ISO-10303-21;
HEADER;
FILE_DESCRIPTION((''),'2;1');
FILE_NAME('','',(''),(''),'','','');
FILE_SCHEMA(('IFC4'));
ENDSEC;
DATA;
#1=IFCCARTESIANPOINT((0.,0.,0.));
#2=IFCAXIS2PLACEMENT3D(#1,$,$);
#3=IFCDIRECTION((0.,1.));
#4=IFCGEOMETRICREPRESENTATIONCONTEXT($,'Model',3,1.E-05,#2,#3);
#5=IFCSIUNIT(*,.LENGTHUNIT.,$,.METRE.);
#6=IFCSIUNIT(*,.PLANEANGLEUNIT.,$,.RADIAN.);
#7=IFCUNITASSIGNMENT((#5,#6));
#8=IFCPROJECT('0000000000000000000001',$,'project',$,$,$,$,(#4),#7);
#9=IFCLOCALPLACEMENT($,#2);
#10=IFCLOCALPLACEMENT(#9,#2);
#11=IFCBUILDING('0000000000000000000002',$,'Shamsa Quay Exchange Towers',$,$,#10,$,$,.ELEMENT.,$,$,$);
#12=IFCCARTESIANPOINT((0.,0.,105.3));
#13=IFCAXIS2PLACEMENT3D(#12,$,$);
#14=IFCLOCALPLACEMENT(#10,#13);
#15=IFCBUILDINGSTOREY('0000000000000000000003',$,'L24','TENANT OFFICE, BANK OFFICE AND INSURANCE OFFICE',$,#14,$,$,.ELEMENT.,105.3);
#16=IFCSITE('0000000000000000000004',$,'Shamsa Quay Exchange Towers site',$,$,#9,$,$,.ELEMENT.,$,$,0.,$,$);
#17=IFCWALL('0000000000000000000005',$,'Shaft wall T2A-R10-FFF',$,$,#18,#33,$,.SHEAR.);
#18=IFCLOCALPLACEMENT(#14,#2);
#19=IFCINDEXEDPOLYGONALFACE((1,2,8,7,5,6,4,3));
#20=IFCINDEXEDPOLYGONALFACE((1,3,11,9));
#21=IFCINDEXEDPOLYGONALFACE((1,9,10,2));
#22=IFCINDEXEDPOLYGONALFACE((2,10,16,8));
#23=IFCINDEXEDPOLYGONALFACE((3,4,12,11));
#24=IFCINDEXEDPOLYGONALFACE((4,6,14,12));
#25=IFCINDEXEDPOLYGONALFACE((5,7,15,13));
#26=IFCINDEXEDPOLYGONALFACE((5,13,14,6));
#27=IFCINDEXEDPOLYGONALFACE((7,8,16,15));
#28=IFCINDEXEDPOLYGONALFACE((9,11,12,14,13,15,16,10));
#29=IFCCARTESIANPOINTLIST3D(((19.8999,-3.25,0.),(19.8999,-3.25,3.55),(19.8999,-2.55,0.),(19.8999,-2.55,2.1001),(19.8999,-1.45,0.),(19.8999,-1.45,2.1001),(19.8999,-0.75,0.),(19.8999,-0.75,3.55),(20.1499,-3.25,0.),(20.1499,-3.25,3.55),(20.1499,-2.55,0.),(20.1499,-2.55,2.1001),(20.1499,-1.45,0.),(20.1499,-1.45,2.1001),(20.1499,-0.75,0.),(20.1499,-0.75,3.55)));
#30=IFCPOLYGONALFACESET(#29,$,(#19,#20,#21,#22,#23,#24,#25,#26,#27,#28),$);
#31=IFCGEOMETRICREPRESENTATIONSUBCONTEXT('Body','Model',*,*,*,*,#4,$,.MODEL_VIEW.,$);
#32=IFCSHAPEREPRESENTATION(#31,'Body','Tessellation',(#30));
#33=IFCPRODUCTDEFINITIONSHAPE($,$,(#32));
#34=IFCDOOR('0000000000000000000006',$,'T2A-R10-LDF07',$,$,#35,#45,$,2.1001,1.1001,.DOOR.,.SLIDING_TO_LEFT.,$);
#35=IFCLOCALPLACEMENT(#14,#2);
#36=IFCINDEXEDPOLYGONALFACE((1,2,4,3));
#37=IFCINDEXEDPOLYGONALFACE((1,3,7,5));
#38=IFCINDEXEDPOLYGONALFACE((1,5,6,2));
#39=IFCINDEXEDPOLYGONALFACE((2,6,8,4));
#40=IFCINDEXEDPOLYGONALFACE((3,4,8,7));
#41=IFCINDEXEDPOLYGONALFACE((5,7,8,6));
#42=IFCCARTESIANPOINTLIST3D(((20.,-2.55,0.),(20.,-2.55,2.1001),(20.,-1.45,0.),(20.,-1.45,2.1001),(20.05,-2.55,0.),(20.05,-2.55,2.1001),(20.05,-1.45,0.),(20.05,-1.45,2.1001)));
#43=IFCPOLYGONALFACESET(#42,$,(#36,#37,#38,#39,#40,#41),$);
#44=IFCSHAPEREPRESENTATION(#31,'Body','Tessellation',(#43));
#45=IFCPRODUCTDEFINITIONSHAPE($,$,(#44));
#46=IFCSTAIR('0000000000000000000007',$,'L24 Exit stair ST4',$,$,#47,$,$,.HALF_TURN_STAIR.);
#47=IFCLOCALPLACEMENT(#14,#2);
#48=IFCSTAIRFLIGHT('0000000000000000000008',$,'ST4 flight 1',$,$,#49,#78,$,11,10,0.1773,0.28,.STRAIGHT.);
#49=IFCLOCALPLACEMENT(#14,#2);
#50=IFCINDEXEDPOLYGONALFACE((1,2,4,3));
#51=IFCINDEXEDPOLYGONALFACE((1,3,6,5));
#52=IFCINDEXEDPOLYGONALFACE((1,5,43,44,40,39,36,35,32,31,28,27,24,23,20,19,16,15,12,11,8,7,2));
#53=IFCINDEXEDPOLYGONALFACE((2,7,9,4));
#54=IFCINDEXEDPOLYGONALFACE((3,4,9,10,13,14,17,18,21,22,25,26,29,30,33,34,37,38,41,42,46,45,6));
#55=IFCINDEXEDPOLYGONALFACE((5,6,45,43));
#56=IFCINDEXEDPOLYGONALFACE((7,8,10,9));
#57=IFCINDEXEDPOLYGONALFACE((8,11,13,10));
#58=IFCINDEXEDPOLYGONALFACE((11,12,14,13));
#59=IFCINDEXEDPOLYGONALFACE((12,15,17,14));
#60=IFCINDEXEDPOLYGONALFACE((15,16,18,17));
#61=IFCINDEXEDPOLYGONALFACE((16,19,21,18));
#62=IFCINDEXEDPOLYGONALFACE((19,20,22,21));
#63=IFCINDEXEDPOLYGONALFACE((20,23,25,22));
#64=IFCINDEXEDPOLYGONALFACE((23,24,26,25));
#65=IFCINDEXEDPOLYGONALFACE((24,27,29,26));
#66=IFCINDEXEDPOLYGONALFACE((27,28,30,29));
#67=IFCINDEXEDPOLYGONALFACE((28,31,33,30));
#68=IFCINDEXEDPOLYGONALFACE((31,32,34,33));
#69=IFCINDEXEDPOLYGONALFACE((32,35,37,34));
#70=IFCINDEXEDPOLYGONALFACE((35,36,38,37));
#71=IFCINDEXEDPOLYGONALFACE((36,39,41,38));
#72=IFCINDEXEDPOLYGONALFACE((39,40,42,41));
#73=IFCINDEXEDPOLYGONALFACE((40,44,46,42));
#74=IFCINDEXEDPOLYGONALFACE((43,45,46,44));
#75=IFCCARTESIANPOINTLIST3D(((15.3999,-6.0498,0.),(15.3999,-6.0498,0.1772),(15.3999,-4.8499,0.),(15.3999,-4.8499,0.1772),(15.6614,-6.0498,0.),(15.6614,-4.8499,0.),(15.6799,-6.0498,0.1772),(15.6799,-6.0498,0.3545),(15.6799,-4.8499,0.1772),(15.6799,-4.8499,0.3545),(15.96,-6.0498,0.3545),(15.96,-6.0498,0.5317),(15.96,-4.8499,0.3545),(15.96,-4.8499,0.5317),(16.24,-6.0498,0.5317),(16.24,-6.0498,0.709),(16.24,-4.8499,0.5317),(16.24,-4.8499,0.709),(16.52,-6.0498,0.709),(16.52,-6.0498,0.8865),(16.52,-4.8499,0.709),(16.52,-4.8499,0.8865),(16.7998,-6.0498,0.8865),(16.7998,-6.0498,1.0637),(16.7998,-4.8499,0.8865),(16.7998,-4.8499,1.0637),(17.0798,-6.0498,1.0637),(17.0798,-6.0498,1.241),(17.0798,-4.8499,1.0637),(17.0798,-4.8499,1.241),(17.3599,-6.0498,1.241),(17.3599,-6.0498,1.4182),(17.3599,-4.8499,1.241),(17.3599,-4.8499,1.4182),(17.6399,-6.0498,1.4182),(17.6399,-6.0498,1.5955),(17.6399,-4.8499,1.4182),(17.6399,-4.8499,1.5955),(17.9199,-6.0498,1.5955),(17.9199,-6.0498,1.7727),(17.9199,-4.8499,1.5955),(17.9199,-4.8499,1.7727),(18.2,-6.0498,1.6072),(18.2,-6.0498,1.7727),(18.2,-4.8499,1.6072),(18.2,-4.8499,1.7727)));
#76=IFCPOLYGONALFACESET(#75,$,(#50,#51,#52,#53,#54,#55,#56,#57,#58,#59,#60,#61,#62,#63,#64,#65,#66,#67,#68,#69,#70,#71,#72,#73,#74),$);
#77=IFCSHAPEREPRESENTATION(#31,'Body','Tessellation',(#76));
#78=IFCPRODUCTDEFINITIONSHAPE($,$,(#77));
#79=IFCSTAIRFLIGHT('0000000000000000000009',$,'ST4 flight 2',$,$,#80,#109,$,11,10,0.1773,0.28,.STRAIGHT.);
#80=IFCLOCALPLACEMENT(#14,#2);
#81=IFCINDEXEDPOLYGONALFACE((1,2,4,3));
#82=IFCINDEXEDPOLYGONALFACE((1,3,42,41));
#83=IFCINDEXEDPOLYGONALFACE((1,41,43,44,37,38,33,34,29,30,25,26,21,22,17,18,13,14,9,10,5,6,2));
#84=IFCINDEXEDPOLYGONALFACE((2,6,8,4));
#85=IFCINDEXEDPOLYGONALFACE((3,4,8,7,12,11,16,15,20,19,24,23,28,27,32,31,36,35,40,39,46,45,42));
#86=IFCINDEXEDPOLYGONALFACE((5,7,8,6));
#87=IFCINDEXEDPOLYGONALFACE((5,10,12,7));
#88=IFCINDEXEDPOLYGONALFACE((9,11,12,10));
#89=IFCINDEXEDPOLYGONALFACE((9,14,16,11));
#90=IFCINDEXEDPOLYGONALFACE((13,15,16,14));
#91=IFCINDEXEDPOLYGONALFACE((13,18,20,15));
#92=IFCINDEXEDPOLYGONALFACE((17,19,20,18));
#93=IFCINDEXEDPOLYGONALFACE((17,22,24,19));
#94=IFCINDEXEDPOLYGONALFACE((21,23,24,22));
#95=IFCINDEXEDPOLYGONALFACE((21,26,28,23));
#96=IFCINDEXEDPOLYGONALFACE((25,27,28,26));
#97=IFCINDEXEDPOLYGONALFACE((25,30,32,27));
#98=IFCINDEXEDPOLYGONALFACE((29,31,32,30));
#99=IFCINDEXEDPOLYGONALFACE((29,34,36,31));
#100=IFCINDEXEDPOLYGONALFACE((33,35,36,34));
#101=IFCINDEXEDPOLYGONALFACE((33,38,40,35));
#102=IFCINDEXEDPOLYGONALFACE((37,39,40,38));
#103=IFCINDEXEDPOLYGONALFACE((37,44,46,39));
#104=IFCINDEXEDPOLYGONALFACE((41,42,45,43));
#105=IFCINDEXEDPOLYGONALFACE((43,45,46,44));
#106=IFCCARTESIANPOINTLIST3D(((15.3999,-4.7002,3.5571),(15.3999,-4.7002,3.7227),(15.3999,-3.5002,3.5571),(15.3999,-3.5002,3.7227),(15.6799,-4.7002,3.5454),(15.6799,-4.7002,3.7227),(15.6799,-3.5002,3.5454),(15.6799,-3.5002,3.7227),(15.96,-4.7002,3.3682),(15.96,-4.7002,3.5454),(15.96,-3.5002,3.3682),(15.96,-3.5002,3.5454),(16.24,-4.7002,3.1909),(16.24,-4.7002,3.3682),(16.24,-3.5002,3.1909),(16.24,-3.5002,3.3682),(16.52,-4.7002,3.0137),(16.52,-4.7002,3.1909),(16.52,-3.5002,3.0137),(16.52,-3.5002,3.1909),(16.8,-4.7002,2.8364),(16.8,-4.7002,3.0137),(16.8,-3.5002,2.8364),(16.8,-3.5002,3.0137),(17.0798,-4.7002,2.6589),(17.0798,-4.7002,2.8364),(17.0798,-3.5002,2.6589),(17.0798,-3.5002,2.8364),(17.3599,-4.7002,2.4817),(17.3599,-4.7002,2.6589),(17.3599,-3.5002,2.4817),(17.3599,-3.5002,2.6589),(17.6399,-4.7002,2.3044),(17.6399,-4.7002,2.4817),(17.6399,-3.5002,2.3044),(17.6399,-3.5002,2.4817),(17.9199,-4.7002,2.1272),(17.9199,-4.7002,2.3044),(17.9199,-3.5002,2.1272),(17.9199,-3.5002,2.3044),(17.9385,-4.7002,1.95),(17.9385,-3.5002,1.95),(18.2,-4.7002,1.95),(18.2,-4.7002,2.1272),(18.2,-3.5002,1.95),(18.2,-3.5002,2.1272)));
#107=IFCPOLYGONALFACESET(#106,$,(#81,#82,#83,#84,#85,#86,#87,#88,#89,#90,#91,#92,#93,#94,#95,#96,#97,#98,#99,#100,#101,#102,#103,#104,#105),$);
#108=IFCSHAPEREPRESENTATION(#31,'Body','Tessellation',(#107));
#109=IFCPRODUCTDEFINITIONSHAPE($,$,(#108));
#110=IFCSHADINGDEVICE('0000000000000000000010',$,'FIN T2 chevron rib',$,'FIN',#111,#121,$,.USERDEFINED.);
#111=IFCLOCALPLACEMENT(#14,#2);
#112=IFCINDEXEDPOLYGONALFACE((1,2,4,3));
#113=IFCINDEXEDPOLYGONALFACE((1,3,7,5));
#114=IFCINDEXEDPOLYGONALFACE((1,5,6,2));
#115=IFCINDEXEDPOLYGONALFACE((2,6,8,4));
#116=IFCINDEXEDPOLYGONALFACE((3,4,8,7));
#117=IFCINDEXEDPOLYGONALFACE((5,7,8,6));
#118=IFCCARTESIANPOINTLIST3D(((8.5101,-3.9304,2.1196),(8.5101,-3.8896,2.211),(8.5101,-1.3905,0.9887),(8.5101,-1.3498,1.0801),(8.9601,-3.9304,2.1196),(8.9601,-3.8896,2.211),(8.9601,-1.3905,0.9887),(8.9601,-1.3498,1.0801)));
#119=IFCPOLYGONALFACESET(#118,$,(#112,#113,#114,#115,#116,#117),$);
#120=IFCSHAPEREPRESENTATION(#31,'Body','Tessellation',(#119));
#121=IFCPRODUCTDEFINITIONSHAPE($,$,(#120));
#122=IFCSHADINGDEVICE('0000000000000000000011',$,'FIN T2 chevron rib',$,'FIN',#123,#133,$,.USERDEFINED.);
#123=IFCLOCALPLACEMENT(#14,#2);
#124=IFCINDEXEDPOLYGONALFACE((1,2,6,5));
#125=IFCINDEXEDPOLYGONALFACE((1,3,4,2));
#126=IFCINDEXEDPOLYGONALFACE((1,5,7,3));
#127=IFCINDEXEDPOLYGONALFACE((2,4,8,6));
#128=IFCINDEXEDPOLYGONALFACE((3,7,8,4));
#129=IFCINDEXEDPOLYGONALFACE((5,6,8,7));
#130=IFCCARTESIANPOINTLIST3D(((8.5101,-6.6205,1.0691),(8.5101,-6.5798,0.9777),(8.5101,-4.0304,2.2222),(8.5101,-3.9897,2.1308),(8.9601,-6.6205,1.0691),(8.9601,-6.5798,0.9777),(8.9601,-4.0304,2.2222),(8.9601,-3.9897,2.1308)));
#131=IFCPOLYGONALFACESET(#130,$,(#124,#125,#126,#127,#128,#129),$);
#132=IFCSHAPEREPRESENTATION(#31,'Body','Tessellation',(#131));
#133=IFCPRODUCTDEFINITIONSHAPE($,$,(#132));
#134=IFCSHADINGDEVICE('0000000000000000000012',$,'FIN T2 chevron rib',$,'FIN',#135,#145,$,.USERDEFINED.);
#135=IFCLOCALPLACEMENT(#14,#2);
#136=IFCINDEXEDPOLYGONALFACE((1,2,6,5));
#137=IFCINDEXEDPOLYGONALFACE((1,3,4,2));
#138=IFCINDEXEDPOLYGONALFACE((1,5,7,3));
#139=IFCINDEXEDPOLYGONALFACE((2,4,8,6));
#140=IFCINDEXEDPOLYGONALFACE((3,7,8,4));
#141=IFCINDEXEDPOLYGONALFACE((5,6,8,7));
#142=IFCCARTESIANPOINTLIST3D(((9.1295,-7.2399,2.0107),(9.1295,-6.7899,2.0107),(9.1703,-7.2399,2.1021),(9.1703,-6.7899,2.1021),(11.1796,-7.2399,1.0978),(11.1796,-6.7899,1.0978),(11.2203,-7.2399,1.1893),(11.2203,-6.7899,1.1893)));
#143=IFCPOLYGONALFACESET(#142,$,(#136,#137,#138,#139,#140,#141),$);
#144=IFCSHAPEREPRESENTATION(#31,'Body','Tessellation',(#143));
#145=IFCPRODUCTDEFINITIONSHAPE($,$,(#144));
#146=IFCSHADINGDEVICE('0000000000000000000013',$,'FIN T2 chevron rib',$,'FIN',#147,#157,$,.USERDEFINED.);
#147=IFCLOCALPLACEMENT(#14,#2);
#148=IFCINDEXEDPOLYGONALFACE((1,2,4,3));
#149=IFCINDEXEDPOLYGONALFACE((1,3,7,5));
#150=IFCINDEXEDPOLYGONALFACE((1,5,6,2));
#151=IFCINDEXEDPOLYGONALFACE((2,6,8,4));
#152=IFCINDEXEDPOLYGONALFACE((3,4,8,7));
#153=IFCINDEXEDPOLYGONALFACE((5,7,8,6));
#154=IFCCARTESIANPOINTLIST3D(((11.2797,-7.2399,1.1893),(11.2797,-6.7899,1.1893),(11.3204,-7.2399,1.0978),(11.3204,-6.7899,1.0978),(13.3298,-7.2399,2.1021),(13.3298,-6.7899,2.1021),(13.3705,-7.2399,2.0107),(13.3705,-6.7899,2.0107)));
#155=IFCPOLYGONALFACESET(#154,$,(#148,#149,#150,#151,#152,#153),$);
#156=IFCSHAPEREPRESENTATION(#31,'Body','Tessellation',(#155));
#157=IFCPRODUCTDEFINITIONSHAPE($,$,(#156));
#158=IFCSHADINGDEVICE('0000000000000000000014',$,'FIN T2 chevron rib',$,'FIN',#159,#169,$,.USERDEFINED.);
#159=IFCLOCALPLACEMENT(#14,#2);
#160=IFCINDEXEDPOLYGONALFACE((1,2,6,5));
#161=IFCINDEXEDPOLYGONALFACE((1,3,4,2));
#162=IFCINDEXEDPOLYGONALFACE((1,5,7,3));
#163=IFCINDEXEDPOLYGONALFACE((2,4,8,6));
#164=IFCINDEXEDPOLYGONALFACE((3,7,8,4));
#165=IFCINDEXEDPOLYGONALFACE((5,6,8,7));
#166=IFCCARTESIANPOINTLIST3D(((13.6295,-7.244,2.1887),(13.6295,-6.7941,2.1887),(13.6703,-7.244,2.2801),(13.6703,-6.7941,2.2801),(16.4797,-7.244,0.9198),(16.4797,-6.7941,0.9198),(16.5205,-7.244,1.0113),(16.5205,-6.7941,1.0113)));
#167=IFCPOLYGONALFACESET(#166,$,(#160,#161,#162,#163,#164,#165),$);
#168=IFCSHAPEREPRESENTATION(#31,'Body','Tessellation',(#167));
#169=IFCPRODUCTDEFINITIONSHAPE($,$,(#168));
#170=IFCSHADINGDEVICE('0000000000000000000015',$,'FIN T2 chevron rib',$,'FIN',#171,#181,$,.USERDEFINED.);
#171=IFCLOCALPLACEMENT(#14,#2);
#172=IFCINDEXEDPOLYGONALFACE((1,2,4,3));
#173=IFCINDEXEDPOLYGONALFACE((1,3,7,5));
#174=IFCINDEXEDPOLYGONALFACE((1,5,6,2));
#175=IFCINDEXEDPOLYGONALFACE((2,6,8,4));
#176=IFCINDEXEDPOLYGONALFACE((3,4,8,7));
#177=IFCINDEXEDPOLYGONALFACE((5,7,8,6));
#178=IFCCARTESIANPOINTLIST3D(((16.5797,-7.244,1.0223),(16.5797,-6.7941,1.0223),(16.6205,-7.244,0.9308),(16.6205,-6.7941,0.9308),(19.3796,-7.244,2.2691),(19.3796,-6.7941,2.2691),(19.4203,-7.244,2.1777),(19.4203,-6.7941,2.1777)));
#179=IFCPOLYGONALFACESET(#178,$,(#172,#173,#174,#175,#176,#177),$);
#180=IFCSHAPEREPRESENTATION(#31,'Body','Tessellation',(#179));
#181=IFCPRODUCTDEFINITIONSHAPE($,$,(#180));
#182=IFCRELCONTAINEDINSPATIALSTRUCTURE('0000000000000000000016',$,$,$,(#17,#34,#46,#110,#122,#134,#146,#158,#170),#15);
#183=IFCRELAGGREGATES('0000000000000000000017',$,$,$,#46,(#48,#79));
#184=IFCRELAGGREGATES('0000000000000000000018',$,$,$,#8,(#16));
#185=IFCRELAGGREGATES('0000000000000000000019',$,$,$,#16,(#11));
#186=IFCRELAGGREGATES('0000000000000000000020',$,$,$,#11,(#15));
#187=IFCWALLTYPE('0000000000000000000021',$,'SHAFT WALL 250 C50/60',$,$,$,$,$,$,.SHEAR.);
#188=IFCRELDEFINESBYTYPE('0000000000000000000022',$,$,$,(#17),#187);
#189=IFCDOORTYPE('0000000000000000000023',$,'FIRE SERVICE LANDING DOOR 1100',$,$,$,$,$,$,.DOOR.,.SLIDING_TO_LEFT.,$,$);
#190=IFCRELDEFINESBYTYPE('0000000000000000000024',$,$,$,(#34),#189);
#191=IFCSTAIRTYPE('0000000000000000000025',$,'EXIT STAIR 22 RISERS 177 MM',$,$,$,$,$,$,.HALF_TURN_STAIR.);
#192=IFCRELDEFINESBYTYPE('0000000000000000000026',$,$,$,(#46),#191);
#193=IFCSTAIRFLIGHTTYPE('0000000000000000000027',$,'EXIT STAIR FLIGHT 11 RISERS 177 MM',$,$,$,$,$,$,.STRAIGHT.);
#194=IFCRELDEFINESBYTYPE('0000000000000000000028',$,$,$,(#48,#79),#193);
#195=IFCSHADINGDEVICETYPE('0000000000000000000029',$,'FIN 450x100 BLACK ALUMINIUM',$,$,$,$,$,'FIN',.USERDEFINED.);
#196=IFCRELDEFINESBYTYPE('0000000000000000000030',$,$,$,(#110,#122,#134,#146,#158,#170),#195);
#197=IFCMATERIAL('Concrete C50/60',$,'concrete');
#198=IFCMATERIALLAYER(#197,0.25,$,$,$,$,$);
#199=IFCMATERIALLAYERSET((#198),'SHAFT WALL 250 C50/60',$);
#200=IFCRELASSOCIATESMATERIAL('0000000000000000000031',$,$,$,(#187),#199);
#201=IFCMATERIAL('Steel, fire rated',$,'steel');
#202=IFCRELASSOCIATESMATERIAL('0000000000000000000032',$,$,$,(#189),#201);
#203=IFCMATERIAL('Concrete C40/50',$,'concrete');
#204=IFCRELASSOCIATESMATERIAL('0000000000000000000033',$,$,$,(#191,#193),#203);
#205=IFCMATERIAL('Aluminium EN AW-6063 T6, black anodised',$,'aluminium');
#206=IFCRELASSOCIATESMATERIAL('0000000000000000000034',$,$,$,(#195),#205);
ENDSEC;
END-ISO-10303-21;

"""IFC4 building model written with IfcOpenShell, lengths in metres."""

from ifc_helpers import new_model, si_unit, direction, frame, frame_2d, origin, origin_2d, place, context, subcontext, project, spatial, polyline, rectangle, outline, extrude, material, layer, layer_set, material_profile, profile_set, type_object, element, fill, aggregate, save


model = new_model("IFC4")

# Units and contexts
model_context = context("Model", 3, precision=1e-05, world=origin(), true_north=direction((0.0, 1.0)))
body_context = subcontext(model_context, "Body", "Model", "MODEL_VIEW")
ifc_project = project(units=[si_unit("LENGTHUNIT", "METRE"), si_unit("PLANEANGLEUNIT", "RADIAN")], contexts=[model_context])

# Site, building, storey
site_placement = place(None, origin())
site = spatial("IfcSite", under=ifc_project, at=site_placement, Name="Shamsa Quay Exchange Towers site", CompositionType="ELEMENT", RefElevation=0.0)
building_placement = place(site_placement, origin())
building = spatial("IfcBuilding", under=site, at=building_placement, Name="Shamsa Quay Exchange Towers", CompositionType="ELEMENT")
storey_placement = place(building_placement, frame((0.0, 0.0, 105.3)))
storey = spatial("IfcBuildingStorey", under=building, at=storey_placement, Name="L24", Description="TENANT OFFICE, BANK OFFICE AND INSURANCE OFFICE", CompositionType="ELEMENT", Elevation=105.3)

# Shared definitions
ifc_material_1 = material(Name="Aluminium EN AW-6063 T6, black anodised", Category="aluminium")

# Wall, opening, door
ifc_material_2 = material(Name="Concrete C50/60", Category="concrete")
ifc_layer_1 = layer(ifc_material_2, 0.25)
ifc_layer_set_1 = layer_set([ifc_layer_1], Name="SHAFT WALL 250 C50/60")
wall_type_1 = type_object("IfcWallType", Name="SHAFT WALL 250 C50/60", PredefinedType="SHEAR", material=ifc_layer_set_1)
wall_1_placement = place(storey_placement, frame((20.0249, -3.25, 0.0), z_axis=(0.0, 0.0, 1.0), x_axis=(0.0, 1.0, 0.0)))
wall_1 = element("IfcWall", 1, at=wall_1_placement, inside=storey, type_object=wall_type_1, Name="Shaft wall T2A-R10-FFF", PredefinedType="SHEAR", context=body_context, shape_type="SweptSolid", body=[
    extrude(rectangle(XDim=2.5, YDim=0.25, at=frame_2d((1.25, 0.0))), origin(), (0.0, 0.0, 1.0), 3.55),
])
opening_placement = place(wall_1_placement, frame((0.7, 0.0, 0.0)))
opening = element("IfcOpeningElement", 2, at=opening_placement, cuts=wall_1, PredefinedType="OPENING", context=body_context, shape_type="SweptSolid", body=[
    extrude(rectangle(XDim=1.1001, YDim=2.1001, at=frame_2d((0.55, 1.05))), frame((0.0, 0.135, 0.0), z_axis=(0.0, -1.0, 0.0), x_axis=(1.0, 0.0, 0.0)), (0.0, 0.0, 1.0), 0.27),
])
ifc_material_3 = material(Name="Steel, fire rated", Category="steel")
door_type = type_object("IfcDoorType", Name="FIRE SERVICE LANDING DOOR 1100", OperationType="SLIDING_TO_LEFT", PredefinedType="DOOR", material=ifc_material_3)
door_placement = place(opening_placement, origin())
door = element("IfcDoor", 3, at=door_placement, inside=storey, type_object=door_type, Name="T2A-R10-LDF07", OperationType="SLIDING_TO_LEFT", OverallHeight=2.1001, OverallWidth=1.1001, PredefinedType="DOOR", context=body_context, shape_type="SweptSolid", body=[
    extrude(rectangle(XDim=1.1001, YDim=2.1001, at=frame_2d((0.55, 1.05))), frame((0.0, 0.0249, 0.0), z_axis=(0.0, -1.0, 0.0), x_axis=(1.0, 0.0, 0.0)), (0.0, 0.0, 1.0), 0.05),
])
fill(opening, door)

# Stair, stair flights
ifc_material_4 = material(Name="Concrete C40/50", Category="concrete")
stair_type = type_object("IfcStairType", Name="EXIT STAIR 22 RISERS 177 MM", PredefinedType="HALF_TURN_STAIR", material=ifc_material_4)
stair_placement = place(storey_placement, origin())
stair = element("IfcStair", 4, at=stair_placement, inside=storey, type_object=stair_type, Name="L24 Exit stair ST4", PredefinedType="HALF_TURN_STAIR")
stair_flight_type = type_object("IfcStairFlightType", Name="EXIT STAIR FLIGHT 11 RISERS 177 MM", PredefinedType="STRAIGHT", material=ifc_material_4)
stair_flight_1_placement = place(storey_placement, frame((15.3999, -5.45, 0.0)))
stair_flight_1 = element("IfcStairFlight", 5, at=stair_flight_1_placement, type_object=stair_flight_type, Name="ST4 flight 1", NumberOfRisers=11, NumberOfTreads=10, PredefinedType="STRAIGHT", RiserHeight=0.1773, TreadLength=0.28, context=body_context, shape_type="SweptSolid", body=[
    extrude(outline(polyline([(0.0, 0.0), (0.0, 0.1772), (0.28, 0.1772), (0.28, 0.3545), (0.5601, 0.3545), (0.5601, 0.5317), (0.8401, 0.5317), (0.8401, 0.709), (1.1201, 0.709), (1.1201, 0.8865), (1.3999, 0.8865), (1.3999, 1.0637), (1.6799, 1.0637), (1.6799, 1.241), (1.96, 1.241), (1.96, 1.4182), (2.24, 1.4182), (2.24, 1.5955), (2.52, 1.5955), (2.52, 1.7727), (2.8, 1.7727), (2.8, 1.95), (2.8, 1.6072), (0.2615, 0.0), (0.0, 0.0)])), frame((0.0, 0.6001, 0.0), z_axis=(0.0, -1.0, 0.0), x_axis=(1.0, 0.0, 0.0)), (0.0, 0.0, 1.0), 1.2),
])
stair_flight_2_placement = place(storey_placement, frame((18.2, -4.1001, 1.95), z_axis=(0.0, 0.0, 1.0), x_axis=(-1.0, 0.0, 0.0)))
stair_flight_2 = element("IfcStairFlight", 6, at=stair_flight_2_placement, type_object=stair_flight_type, Name="ST4 flight 2", NumberOfRisers=11, NumberOfTreads=10, PredefinedType="STRAIGHT", RiserHeight=0.1773, TreadLength=0.28, context=body_context, shape_type="SweptSolid", body=[
    extrude(outline(polyline([(0.0, 0.0), (0.0, 0.1772), (0.28, 0.1772), (0.28, 0.3545), (0.5601, 0.3545), (0.5601, 0.5317), (0.8401, 0.5317), (0.8401, 0.709), (1.1201, 0.709), (1.1201, 0.8865), (1.3999, 0.8865), (1.3999, 1.0637), (1.6799, 1.0637), (1.6799, 1.241), (1.96, 1.241), (1.96, 1.4182), (2.24, 1.4182), (2.24, 1.5955), (2.52, 1.5955), (2.52, 1.7727), (2.8, 1.7727), (2.8, 1.95), (2.8, 1.6072), (0.2615, 0.0), (0.0, 0.0)])), frame((0.0, 0.6001, 0.0), z_axis=(0.0, -1.0, 0.0), x_axis=(1.0, 0.0, 0.0)), (0.0, 0.0, 1.0), 1.2),
])
aggregate(stair, [stair_flight_1, stair_flight_2])

# Shading devices
ifc_material_profile_1 = material_profile(ifc_material_1, rectangle(XDim=0.45, YDim=0.1001, at=origin_2d()), Name="FIN450x100")
ifc_profile_set_1 = profile_set([ifc_material_profile_1], Name="Aluminium EN AW-6063 T6, black anodised")
shading_device_type = type_object("IfcShadingDeviceType", Name="FIN 450x100 BLACK ALUMINIUM", ElementType="FIN", PredefinedType="USERDEFINED", material=ifc_profile_set_1)
shading_device_1_placement = place(storey_placement, frame((8.7351, -1.3701, 1.0344), z_axis=(0.0, -0.913536, 0.406758), x_axis=(1.0, 0.0, 0.0)))
element("IfcShadingDevice", 7, at=shading_device_1_placement, inside=storey, type_object=shading_device_type, Name="FIN T2 chevron rib", ObjectType="FIN", PredefinedType="USERDEFINED", context=body_context, shape_type="SweptSolid", body=[
    extrude(rectangle(XDim=0.45, YDim=0.1001, at=origin_2d()), origin(), (0.0, 0.0, 1.0), 2.7803),
])
shading_device_2_placement = place(storey_placement, frame((8.7351, -4.01, 2.1765), z_axis=(0.0, -0.913559, -0.406706), x_axis=(1.0, 0.0, 0.0)))
element("IfcShadingDevice", 8, at=shading_device_2_placement, inside=storey, type_object=shading_device_type, Name="FIN T2 chevron rib", ObjectType="FIN", PredefinedType="USERDEFINED", context=body_context, shape_type="SweptSolid", body=[
    extrude(rectangle(XDim=0.45, YDim=0.1001, at=origin_2d()), origin(), (0.0, 0.0, 1.0), 2.8352),
])
for number, where, z_axis, x_axis, name in (
    (9, (9.1499, -7.0149, 2.0564), (0.913529, 0.0, -0.406774), (0.0, 1.0, 0.0), "FIN T2 chevron rib"),
    (10, (11.3, -7.0149, 1.1436), (0.913529, 0.0, 0.406774), (0.0, 1.0, 0.0), "FIN T2 chevron rib"),
):
    element("IfcShadingDevice", number, at=place(storey_placement, frame(where, z_axis=z_axis, x_axis=x_axis)), inside=storey, type_object=shading_device_type, Name=name, ObjectType="FIN", PredefinedType="USERDEFINED", context=body_context, shape_type="SweptSolid", body=[
        extrude(rectangle(XDim=0.45, YDim=0.1001, at=origin_2d()), origin(), (0.0, 0.0, 1.0), 2.2441),
    ])
shading_device_3_placement = place(storey_placement, frame((13.6499, -7.019, 2.2344), z_axis=(0.913563, 0.0, -0.406697), x_axis=(0.0, 1.0, 0.0)))
element("IfcShadingDevice", 11, at=shading_device_3_placement, inside=storey, type_object=shading_device_type, Name="FIN T2 chevron rib", ObjectType="FIN", PredefinedType="USERDEFINED", context=body_context, shape_type="SweptSolid", body=[
    extrude(rectangle(XDim=0.45, YDim=0.1001, at=origin_2d()), origin(), (0.0, 0.0, 1.0), 3.1199),
])
shading_device_4_placement = place(storey_placement, frame((16.6001, -7.019, 0.9766), z_axis=(0.913512, 0.0, 0.406811), x_axis=(0.0, 1.0, 0.0)))
element("IfcShadingDevice", 12, at=shading_device_4_placement, inside=storey, type_object=shading_device_type, Name="FIN T2 chevron rib", ObjectType="FIN", PredefinedType="USERDEFINED", context=body_context, shape_type="SweptSolid", body=[
    extrude(rectangle(XDim=0.45, YDim=0.1001, at=origin_2d()), origin(), (0.0, 0.0, 1.0), 3.0649),
])

save(model, "model.ifc")
